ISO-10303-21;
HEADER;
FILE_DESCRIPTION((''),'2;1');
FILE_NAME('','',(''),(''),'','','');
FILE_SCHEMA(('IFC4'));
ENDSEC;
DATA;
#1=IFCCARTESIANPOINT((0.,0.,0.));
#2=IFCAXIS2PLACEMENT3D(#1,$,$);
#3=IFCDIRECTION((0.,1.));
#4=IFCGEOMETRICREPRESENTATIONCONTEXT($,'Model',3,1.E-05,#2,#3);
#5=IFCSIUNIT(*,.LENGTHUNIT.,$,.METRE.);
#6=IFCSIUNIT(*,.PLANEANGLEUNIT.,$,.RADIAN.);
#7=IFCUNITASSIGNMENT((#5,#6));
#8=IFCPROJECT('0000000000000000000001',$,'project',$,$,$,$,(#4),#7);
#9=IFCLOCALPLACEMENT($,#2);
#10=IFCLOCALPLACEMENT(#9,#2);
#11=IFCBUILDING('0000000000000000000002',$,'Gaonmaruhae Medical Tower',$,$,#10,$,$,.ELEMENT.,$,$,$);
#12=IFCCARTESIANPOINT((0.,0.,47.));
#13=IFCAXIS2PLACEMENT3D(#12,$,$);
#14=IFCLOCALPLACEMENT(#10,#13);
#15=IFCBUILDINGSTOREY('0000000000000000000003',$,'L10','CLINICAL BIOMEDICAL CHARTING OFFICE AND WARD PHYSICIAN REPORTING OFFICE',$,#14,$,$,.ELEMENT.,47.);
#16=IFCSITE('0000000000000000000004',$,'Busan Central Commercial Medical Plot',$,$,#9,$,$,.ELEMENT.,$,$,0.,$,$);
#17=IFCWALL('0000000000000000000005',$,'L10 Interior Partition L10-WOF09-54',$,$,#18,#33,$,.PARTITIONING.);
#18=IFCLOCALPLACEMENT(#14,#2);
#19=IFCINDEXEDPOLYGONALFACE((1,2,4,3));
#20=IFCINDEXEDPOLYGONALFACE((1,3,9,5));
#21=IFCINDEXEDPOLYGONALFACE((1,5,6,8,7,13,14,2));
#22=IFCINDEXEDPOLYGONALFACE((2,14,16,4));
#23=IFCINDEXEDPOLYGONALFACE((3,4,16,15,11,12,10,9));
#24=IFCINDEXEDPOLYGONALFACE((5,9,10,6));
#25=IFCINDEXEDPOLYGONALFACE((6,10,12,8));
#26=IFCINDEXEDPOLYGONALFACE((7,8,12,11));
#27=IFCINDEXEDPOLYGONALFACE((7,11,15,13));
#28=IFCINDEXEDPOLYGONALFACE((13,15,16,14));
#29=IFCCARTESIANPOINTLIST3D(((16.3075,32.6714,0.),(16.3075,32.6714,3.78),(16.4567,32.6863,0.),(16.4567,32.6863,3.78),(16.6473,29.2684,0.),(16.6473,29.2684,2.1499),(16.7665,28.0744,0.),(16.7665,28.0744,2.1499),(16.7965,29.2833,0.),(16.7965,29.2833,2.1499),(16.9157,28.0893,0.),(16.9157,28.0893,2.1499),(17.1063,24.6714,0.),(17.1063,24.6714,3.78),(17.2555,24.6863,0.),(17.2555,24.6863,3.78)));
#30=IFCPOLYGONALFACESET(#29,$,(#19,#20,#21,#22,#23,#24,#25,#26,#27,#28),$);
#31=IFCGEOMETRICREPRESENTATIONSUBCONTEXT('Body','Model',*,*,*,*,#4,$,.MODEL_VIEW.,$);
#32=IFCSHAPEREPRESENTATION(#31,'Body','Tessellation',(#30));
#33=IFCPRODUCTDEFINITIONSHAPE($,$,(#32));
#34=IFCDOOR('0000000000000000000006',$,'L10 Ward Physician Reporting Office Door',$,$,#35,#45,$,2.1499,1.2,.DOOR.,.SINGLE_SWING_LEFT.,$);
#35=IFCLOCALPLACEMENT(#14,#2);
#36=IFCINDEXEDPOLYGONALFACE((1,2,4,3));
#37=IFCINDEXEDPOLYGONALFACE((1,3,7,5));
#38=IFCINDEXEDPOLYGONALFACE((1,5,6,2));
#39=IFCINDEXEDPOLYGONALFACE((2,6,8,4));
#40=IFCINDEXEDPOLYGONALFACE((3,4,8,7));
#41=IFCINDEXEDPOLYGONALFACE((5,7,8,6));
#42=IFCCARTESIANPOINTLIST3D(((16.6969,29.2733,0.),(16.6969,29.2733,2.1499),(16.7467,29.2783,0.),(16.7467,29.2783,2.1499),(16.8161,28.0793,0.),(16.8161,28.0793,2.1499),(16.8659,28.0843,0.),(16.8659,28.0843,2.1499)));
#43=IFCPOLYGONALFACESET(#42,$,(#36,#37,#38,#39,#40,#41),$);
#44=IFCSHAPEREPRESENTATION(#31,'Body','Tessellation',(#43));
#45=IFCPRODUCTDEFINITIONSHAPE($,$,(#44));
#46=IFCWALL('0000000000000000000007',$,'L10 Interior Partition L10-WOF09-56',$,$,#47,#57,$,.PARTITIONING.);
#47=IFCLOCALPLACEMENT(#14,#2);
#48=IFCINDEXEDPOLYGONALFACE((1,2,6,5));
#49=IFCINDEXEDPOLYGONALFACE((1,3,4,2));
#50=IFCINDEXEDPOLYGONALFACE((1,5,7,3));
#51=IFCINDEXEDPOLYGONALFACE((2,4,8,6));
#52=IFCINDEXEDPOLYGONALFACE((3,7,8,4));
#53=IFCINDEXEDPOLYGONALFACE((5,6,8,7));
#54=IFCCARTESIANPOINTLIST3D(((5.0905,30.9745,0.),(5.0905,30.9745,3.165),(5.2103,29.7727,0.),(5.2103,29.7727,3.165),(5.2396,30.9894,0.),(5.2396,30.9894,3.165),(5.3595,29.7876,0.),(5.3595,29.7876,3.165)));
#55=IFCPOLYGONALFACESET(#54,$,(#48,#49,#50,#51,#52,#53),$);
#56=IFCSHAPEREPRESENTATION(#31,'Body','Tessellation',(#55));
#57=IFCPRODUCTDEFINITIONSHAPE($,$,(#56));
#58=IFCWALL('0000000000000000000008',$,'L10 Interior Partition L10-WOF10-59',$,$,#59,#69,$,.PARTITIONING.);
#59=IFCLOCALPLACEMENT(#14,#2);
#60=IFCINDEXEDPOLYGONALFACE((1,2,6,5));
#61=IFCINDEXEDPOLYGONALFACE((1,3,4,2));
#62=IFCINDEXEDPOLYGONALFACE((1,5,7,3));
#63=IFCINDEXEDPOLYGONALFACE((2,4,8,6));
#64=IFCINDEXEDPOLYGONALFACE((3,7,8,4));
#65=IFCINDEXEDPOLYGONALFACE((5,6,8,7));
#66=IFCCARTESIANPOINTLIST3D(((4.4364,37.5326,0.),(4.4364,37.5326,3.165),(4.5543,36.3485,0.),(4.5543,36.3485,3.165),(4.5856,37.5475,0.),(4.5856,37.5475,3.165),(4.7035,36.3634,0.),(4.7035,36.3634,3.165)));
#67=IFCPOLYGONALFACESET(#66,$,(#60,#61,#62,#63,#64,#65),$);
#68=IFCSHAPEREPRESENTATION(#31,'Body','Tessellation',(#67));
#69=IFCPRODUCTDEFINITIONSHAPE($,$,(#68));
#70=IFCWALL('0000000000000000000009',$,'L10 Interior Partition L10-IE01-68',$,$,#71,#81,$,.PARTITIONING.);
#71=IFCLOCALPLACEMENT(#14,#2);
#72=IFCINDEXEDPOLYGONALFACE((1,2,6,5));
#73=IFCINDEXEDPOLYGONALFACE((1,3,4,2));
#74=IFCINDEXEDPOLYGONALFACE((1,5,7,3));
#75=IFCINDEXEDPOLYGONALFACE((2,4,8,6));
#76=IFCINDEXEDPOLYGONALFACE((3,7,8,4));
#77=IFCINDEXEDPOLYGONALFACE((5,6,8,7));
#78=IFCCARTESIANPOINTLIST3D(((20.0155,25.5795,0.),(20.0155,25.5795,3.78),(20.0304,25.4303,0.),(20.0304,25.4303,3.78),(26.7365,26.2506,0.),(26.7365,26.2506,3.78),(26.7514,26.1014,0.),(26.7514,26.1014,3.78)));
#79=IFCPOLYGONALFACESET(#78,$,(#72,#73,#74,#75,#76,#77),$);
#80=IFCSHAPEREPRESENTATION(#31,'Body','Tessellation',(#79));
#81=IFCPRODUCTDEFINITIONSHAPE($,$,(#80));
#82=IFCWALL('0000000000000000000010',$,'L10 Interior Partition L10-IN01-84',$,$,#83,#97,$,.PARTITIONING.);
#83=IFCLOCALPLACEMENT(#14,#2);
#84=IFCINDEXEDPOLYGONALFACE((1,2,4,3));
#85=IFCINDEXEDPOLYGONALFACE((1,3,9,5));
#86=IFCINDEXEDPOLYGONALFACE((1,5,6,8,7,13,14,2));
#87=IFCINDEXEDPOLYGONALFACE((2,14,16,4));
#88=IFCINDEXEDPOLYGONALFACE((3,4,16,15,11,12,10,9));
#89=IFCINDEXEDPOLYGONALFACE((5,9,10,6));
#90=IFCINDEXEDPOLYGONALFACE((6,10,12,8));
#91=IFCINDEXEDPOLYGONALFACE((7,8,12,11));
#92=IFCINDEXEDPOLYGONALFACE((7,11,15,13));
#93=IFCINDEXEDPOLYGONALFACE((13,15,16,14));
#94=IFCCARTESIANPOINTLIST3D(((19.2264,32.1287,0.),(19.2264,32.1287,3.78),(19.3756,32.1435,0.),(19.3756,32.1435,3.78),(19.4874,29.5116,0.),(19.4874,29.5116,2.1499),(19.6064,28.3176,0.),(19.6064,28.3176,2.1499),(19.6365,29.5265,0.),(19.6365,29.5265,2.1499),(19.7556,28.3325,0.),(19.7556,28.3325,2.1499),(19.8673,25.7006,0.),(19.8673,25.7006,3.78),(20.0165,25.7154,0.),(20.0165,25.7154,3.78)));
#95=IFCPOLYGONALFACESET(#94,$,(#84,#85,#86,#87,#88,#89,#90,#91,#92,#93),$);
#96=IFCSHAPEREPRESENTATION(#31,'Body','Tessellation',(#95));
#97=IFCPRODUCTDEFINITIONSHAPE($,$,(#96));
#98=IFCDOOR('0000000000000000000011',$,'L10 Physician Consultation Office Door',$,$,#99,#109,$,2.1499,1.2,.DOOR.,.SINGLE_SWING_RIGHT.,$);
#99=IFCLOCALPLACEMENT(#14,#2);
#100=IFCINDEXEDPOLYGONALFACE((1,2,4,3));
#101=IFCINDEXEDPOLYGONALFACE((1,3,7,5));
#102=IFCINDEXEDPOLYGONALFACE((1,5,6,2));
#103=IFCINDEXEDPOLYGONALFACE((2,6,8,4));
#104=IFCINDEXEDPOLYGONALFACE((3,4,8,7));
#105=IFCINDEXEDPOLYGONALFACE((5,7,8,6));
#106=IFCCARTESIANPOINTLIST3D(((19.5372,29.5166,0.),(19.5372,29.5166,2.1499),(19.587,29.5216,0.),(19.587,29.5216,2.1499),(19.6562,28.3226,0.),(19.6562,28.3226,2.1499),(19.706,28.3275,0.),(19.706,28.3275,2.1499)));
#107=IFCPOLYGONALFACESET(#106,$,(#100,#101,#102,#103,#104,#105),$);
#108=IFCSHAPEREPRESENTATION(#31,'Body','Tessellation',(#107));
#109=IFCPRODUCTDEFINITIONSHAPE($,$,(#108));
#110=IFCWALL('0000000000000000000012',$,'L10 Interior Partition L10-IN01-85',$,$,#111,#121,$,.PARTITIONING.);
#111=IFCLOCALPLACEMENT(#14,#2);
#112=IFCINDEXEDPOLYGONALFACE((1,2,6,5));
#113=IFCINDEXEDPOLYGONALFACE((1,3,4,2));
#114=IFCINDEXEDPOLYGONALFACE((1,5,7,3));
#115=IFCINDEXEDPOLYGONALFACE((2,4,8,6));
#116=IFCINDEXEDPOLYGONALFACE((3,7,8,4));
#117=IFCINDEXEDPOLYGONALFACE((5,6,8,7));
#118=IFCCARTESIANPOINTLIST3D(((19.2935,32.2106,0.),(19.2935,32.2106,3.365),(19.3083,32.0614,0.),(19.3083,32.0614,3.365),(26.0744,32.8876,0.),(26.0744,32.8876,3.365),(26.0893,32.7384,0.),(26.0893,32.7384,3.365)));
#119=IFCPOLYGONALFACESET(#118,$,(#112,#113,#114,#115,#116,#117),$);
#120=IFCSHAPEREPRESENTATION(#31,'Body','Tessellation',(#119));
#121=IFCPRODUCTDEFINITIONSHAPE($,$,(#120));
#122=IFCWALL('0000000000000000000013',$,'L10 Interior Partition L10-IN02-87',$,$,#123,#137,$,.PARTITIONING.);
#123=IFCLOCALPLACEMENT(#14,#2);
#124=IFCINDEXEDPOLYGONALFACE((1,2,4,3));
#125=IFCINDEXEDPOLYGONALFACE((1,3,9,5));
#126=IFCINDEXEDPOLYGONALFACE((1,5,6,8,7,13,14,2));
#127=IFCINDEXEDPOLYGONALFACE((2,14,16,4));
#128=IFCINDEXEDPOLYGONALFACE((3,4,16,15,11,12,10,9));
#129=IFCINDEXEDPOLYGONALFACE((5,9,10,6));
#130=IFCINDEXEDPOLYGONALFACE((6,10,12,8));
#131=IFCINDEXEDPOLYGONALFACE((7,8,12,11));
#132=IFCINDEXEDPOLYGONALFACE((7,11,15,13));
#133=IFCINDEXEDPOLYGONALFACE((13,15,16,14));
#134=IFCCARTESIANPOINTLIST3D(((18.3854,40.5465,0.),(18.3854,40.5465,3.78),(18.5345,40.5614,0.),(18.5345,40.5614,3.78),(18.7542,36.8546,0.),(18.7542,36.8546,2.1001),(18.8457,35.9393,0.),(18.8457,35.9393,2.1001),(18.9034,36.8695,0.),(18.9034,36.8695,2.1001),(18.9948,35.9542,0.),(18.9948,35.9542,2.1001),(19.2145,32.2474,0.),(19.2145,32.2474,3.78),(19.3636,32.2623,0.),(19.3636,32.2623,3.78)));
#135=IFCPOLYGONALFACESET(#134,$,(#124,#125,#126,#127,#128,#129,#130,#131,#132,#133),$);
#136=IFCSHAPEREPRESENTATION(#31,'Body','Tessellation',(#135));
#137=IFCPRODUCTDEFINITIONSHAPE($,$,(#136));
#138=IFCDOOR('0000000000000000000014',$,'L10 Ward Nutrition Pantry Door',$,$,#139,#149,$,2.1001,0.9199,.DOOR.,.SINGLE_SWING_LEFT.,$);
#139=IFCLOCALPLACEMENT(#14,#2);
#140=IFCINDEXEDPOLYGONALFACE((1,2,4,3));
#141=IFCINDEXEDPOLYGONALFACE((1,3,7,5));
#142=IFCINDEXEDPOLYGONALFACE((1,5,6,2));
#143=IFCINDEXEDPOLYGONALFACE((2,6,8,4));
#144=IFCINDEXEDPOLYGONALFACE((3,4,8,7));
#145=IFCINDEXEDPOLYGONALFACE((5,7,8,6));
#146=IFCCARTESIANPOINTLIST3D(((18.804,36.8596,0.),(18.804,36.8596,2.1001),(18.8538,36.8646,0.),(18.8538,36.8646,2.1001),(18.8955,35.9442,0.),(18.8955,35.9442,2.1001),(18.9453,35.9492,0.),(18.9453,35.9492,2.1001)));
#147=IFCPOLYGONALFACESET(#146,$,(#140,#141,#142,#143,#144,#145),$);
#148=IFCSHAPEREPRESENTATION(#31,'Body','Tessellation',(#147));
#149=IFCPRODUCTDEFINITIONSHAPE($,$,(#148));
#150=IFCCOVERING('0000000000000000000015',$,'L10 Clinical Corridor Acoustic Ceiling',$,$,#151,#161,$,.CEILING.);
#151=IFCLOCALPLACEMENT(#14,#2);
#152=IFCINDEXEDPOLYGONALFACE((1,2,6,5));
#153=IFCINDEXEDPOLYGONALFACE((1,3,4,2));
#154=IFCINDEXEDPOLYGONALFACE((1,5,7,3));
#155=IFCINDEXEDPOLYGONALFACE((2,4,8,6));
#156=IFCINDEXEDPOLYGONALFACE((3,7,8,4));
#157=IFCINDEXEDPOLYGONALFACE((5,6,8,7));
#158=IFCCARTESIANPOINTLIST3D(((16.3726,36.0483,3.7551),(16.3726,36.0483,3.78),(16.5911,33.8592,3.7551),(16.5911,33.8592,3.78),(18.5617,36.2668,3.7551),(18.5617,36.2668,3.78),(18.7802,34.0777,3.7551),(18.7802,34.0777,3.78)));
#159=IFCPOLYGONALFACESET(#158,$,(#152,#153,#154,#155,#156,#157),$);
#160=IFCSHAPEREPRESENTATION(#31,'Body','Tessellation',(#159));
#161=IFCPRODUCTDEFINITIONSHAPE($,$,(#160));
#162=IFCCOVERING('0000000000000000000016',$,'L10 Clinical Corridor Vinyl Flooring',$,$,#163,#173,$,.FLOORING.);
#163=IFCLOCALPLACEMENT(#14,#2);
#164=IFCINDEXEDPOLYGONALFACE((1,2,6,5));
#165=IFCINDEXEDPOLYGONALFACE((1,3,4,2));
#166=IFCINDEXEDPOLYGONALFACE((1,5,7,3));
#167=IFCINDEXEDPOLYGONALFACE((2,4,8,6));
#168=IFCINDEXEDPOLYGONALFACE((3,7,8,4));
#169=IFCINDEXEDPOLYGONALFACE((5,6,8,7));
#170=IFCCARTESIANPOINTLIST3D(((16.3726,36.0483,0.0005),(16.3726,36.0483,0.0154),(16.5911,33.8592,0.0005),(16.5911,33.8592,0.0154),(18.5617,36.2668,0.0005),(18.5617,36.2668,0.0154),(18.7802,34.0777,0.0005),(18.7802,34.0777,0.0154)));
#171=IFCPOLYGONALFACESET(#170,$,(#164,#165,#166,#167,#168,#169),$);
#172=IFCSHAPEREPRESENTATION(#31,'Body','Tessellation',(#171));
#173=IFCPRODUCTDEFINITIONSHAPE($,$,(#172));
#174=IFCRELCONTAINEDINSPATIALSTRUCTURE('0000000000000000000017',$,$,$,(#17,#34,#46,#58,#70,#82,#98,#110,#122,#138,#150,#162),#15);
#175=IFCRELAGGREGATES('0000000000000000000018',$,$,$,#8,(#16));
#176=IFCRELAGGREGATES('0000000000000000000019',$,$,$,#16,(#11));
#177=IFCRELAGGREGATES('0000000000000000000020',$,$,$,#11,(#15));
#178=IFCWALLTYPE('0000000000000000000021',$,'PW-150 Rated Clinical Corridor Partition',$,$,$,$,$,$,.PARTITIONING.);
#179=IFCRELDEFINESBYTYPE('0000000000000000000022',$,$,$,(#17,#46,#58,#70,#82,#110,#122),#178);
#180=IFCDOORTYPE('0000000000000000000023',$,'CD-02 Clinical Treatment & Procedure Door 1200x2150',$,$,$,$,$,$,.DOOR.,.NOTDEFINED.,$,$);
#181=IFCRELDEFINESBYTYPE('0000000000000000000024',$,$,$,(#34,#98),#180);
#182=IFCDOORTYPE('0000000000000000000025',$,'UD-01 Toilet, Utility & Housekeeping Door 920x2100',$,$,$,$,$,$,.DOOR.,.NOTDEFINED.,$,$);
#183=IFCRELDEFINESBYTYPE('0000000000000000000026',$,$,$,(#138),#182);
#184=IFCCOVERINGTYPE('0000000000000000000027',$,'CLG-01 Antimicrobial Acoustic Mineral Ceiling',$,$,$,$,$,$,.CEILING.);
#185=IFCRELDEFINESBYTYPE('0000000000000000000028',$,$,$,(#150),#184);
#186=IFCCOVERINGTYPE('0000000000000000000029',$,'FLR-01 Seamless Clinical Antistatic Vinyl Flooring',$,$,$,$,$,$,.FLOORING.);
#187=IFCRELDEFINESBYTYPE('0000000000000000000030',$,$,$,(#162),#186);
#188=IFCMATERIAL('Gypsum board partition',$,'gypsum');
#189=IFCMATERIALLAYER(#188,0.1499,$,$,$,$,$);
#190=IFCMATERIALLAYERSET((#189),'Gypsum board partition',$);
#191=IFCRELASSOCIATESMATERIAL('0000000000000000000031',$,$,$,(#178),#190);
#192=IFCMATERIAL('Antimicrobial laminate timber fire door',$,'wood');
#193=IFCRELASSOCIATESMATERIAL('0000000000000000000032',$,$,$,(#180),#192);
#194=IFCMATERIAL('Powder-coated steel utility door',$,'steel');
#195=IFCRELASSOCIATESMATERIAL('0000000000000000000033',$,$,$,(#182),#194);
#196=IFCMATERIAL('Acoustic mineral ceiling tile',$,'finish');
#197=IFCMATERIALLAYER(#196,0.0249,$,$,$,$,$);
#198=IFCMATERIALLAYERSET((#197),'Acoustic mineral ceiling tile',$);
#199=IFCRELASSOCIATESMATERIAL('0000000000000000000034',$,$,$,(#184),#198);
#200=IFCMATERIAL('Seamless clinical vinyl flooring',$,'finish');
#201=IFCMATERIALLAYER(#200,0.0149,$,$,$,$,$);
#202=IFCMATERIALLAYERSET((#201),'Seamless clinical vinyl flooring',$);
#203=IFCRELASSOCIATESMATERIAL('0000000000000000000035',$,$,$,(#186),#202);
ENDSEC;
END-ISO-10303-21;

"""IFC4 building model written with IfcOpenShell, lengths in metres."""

from ifc_helpers import new_model, si_unit, direction, frame, frame_2d, origin, origin_2d, place, context, subcontext, project, spatial, rectangle, extrude, material, layer, layer_set, type_object, element, fill, save


model = new_model("IFC4")

# Units and contexts
model_context = context("Model", 3, precision=1e-05, world=origin(), true_north=direction((0.0, 1.0)))
body_context = subcontext(model_context, "Body", "Model", "MODEL_VIEW")
ifc_project = project(units=[si_unit("LENGTHUNIT", "METRE"), si_unit("PLANEANGLEUNIT", "RADIAN")], contexts=[model_context])

# Site, building, storey
site_placement = place(None, origin())
site = spatial("IfcSite", under=ifc_project, at=site_placement, Name="Busan Central Commercial Medical Plot", CompositionType="ELEMENT", RefElevation=0.0)
building_placement = place(site_placement, origin())
building = spatial("IfcBuilding", under=site, at=building_placement, Name="Gaonmaruhae Medical Tower", CompositionType="ELEMENT")
storey_placement = place(building_placement, frame((0.0, 0.0, 47.0)))
storey = spatial("IfcBuildingStorey", under=building, at=storey_placement, Name="L10", Description="CLINICAL BIOMEDICAL CHARTING OFFICE AND WARD PHYSICIAN REPORTING OFFICE", CompositionType="ELEMENT", Elevation=47.0)

# Shared definitions
ifc_material_1 = material(Name="Gypsum board partition", Category="gypsum")
ifc_layer_1 = layer(ifc_material_1, 0.1499)
ifc_layer_set_1 = layer_set([ifc_layer_1], Name="Gypsum board partition")
wall_type_1 = type_object("IfcWallType", Name="PW-150 Rated Clinical Corridor Partition", PredefinedType="PARTITIONING", material=ifc_layer_set_1)

# Wall, opening, door
wall_1_placement = place(storey_placement, frame((16.3821, 32.679, 0.0), z_axis=(0.0, 0.0, 1.0), x_axis=(0.099359, -0.995052, 0.0)))
wall_1 = element("IfcWall", 1, at=wall_1_placement, inside=storey, type_object=wall_type_1, Name="L10 Interior Partition L10-WOF09-54", PredefinedType="PARTITIONING", context=body_context, shape_type="SweptSolid", body=[
    extrude(rectangle(XDim=8.0398, YDim=0.1499, at=frame_2d((4.02, 0.0))), origin(), (0.0, 0.0, 1.0), 3.78),
])
opening_1_placement = place(wall_1_placement, frame((3.4199, 0.0, 0.0)))
opening_1 = element("IfcOpeningElement", 2, at=opening_1_placement, cuts=wall_1, PredefinedType="OPENING", context=body_context, shape_type="SweptSolid", body=[
    extrude(rectangle(XDim=1.2, YDim=2.1499, at=frame_2d((0.6001, 1.075))), frame((0.0, 0.085, 0.0), z_axis=(0.0, -1.0, 0.0), x_axis=(1.0, 0.0, 0.0)), (0.0, 0.0, 1.0), 0.1699),
])
ifc_material_2 = material(Name="Antimicrobial laminate timber fire door", Category="wood")
door_type_1 = type_object("IfcDoorType", Name="CD-02 Clinical Treatment & Procedure Door 1200x2150", OperationType="NOTDEFINED", PredefinedType="DOOR", material=ifc_material_2)
door_1_placement = place(opening_1_placement, origin())
door_1 = element("IfcDoor", 3, at=door_1_placement, inside=storey, type_object=door_type_1, Name="L10 Ward Physician Reporting Office Door", OperationType="SINGLE_SWING_LEFT", OverallHeight=2.1499, OverallWidth=1.2, PredefinedType="DOOR", context=body_context, shape_type="SweptSolid", body=[
    extrude(rectangle(XDim=1.2, YDim=2.1499, at=frame_2d((0.6001, 1.075))), frame((0.0, 0.0249, 0.0), z_axis=(0.0, -1.0, 0.0), x_axis=(1.0, 0.0, 0.0)), (0.0, 0.0, 1.0), 0.05),
])
fill(opening_1, door_1)

# Walls
wall_2_placement = place(storey_placement, frame((5.2849, 29.78, 0.0), z_axis=(0.0, 0.0, 1.0), x_axis=(-0.099244, 0.995063, 0.0)))
element("IfcWall", 4, at=wall_2_placement, inside=storey, type_object=wall_type_1, Name="L10 Interior Partition L10-WOF09-56", PredefinedType="PARTITIONING", context=body_context, shape_type="SweptSolid", body=[
    extrude(rectangle(XDim=1.2078, YDim=0.1499, at=frame_2d((0.604, 0.0))), origin(), (0.0, 0.0, 1.0), 3.165),
])
wall_3_placement = place(storey_placement, frame((4.6289, 36.356, 0.0), z_axis=(0.0, 0.0, 1.0), x_axis=(-0.099097, 0.995078, 0.0)))
element("IfcWall", 5, at=wall_3_placement, inside=storey, type_object=wall_type_1, Name="L10 Interior Partition L10-WOF10-59", PredefinedType="PARTITIONING", context=body_context, shape_type="SweptSolid", body=[
    extrude(rectangle(XDim=1.1899, YDim=0.1499, at=frame_2d((0.595, 0.0))), origin(), (0.0, 0.0, 1.0), 3.165),
])
wall_4_placement = place(storey_placement, frame((20.0229, 25.5049, 0.0), z_axis=(0.0, 0.0, 1.0), x_axis=(0.995051, 0.099364, 0.0)))
element("IfcWall", 6, at=wall_4_placement, inside=storey, type_object=wall_type_1, Name="L10 Interior Partition L10-IE01-68", PredefinedType="PARTITIONING", context=body_context, shape_type="SweptSolid", body=[
    extrude(rectangle(XDim=6.7544, YDim=0.1499, at=frame_2d((3.3772, 0.0))), origin(), (0.0, 0.0, 1.0), 3.78),
])

# Wall, opening, door
wall_5_placement = place(storey_placement, frame((19.9419, 25.708, 0.0), z_axis=(0.0, 0.0, 1.0), x_axis=(-0.099208, 0.995067, 0.0)))
wall_5 = element("IfcWall", 7, at=wall_5_placement, inside=storey, type_object=wall_type_1, Name="L10 Interior Partition L10-IN01-84", PredefinedType="PARTITIONING", context=body_context, shape_type="SweptSolid", body=[
    extrude(rectangle(XDim=6.46, YDim=0.1499, at=frame_2d((3.23, 0.0))), origin(), (0.0, 0.0, 1.0), 3.78),
])
opening_2_placement = place(wall_5_placement, frame((2.6299, 0.0, 0.0)))
opening_2 = element("IfcOpeningElement", 8, at=opening_2_placement, cuts=wall_5, PredefinedType="OPENING", context=body_context, shape_type="SweptSolid", body=[
    extrude(rectangle(XDim=1.2, YDim=2.1499, at=frame_2d((0.6001, 1.075))), frame((0.0, 0.085, 0.0), z_axis=(0.0, -1.0, 0.0), x_axis=(1.0, 0.0, 0.0)), (0.0, 0.0, 1.0), 0.1699),
])
door_2_placement = place(opening_2_placement, origin())
door_2 = element("IfcDoor", 9, at=door_2_placement, inside=storey, type_object=door_type_1, Name="L10 Physician Consultation Office Door", OperationType="SINGLE_SWING_RIGHT", OverallHeight=2.1499, OverallWidth=1.2, PredefinedType="DOOR", context=body_context, shape_type="SweptSolid", body=[
    extrude(rectangle(XDim=1.2, YDim=2.1499, at=frame_2d((0.6001, 1.075))), frame((0.0, 0.0249, 0.0), z_axis=(0.0, -1.0, 0.0), x_axis=(1.0, 0.0, 0.0)), (0.0, 0.0, 1.0), 0.05),
])
fill(opening_2, door_2)

# Wall
wall_6_placement = place(storey_placement, frame((19.301, 32.136, 0.0), z_axis=(0.0, 0.0, 1.0), x_axis=(0.995053, 0.099344, 0.0)))
element("IfcWall", 10, at=wall_6_placement, inside=storey, type_object=wall_type_1, Name="L10 Interior Partition L10-IN01-85", PredefinedType="PARTITIONING", context=body_context, shape_type="SweptSolid", body=[
    extrude(rectangle(XDim=6.8147, YDim=0.1499, at=frame_2d((3.4072, 0.0))), origin(), (0.0, 0.0, 1.0), 3.365),
])

# Wall, opening, door
wall_7_placement = place(storey_placement, frame((19.2891, 32.2549, 0.0), z_axis=(0.0, 0.0, 1.0), x_axis=(-0.099408, 0.995047, 0.0)))
wall_7 = element("IfcWall", 11, at=wall_7_placement, inside=storey, type_object=wall_type_1, Name="L10 Interior Partition L10-IN02-87", PredefinedType="PARTITIONING", context=body_context, shape_type="SweptSolid", body=[
    extrude(rectangle(XDim=8.3403, YDim=0.1499, at=frame_2d((4.1702, 0.0))), origin(), (0.0, 0.0, 1.0), 3.78),
])
opening_3_placement = place(wall_7_placement, frame((3.7102, 0.0, 0.0)))
opening_3 = element("IfcOpeningElement", 12, at=opening_3_placement, cuts=wall_7, PredefinedType="OPENING", context=body_context, shape_type="SweptSolid", body=[
    extrude(rectangle(XDim=0.9199, YDim=2.1001, at=frame_2d((0.46, 1.05))), frame((0.0, 0.085, 0.0), z_axis=(0.0, -1.0, 0.0), x_axis=(1.0, 0.0, 0.0)), (0.0, 0.0, 1.0), 0.1699),
])
ifc_material_3 = material(Name="Powder-coated steel utility door", Category="steel")
door_type_2 = type_object("IfcDoorType", Name="UD-01 Toilet, Utility & Housekeeping Door 920x2100", OperationType="NOTDEFINED", PredefinedType="DOOR", material=ifc_material_3)
door_3_placement = place(opening_3_placement, origin())
door_3 = element("IfcDoor", 13, at=door_3_placement, inside=storey, type_object=door_type_2, Name="L10 Ward Nutrition Pantry Door", OperationType="SINGLE_SWING_LEFT", OverallHeight=2.1001, OverallWidth=0.9199, PredefinedType="DOOR", context=body_context, shape_type="SweptSolid", body=[
    extrude(rectangle(XDim=0.9199, YDim=2.1001, at=frame_2d((0.46, 1.05))), frame((0.0, 0.0249, 0.0), z_axis=(0.0, -1.0, 0.0), x_axis=(1.0, 0.0, 0.0)), (0.0, 0.0, 1.0), 0.05),
])
fill(opening_3, door_3)

# Coverings
ifc_material_4 = material(Name="Acoustic mineral ceiling tile", Category="finish")
ifc_layer_2 = layer(ifc_material_4, 0.0249)
ifc_layer_set_2 = layer_set([ifc_layer_2], Name="Acoustic mineral ceiling tile")
covering_type_1 = type_object("IfcCoveringType", Name="CLG-01 Antimicrobial Acoustic Mineral Ceiling", PredefinedType="CEILING", material=ifc_layer_set_2)
covering_1_placement = place(storey_placement, frame((17.5764, 35.063, 3.7551), z_axis=(0.0, 0.0, 1.0), x_axis=(0.995056, 0.09932, 0.0)))
element("IfcCovering", 14, at=covering_1_placement, inside=storey, type_object=covering_type_1, Name="L10 Clinical Corridor Acoustic Ceiling", PredefinedType="CEILING", context=body_context, shape_type="SweptSolid", body=[
    extrude(rectangle(XDim=2.2, YDim=2.2, at=origin_2d()), origin(), (0.0, 0.0, 1.0), 0.0249),
])
ifc_material_5 = material(Name="Seamless clinical vinyl flooring", Category="finish")
ifc_layer_3 = layer(ifc_material_5, 0.0149)
ifc_layer_set_3 = layer_set([ifc_layer_3], Name="Seamless clinical vinyl flooring")
covering_type_2 = type_object("IfcCoveringType", Name="FLR-01 Seamless Clinical Antistatic Vinyl Flooring", PredefinedType="FLOORING", material=ifc_layer_set_3)
covering_2_placement = place(storey_placement, frame((17.5764, 35.063, 0.0005), z_axis=(0.0, 0.0, 1.0), x_axis=(0.995056, 0.09932, 0.0)))
element("IfcCovering", 15, at=covering_2_placement, inside=storey, type_object=covering_type_2, Name="L10 Clinical Corridor Vinyl Flooring", PredefinedType="FLOORING", context=body_context, shape_type="SweptSolid", body=[
    extrude(rectangle(XDim=2.2, YDim=2.2, at=origin_2d()), origin(), (0.0, 0.0, 1.0), 0.0149),
])

save(model, "model.ifc")
